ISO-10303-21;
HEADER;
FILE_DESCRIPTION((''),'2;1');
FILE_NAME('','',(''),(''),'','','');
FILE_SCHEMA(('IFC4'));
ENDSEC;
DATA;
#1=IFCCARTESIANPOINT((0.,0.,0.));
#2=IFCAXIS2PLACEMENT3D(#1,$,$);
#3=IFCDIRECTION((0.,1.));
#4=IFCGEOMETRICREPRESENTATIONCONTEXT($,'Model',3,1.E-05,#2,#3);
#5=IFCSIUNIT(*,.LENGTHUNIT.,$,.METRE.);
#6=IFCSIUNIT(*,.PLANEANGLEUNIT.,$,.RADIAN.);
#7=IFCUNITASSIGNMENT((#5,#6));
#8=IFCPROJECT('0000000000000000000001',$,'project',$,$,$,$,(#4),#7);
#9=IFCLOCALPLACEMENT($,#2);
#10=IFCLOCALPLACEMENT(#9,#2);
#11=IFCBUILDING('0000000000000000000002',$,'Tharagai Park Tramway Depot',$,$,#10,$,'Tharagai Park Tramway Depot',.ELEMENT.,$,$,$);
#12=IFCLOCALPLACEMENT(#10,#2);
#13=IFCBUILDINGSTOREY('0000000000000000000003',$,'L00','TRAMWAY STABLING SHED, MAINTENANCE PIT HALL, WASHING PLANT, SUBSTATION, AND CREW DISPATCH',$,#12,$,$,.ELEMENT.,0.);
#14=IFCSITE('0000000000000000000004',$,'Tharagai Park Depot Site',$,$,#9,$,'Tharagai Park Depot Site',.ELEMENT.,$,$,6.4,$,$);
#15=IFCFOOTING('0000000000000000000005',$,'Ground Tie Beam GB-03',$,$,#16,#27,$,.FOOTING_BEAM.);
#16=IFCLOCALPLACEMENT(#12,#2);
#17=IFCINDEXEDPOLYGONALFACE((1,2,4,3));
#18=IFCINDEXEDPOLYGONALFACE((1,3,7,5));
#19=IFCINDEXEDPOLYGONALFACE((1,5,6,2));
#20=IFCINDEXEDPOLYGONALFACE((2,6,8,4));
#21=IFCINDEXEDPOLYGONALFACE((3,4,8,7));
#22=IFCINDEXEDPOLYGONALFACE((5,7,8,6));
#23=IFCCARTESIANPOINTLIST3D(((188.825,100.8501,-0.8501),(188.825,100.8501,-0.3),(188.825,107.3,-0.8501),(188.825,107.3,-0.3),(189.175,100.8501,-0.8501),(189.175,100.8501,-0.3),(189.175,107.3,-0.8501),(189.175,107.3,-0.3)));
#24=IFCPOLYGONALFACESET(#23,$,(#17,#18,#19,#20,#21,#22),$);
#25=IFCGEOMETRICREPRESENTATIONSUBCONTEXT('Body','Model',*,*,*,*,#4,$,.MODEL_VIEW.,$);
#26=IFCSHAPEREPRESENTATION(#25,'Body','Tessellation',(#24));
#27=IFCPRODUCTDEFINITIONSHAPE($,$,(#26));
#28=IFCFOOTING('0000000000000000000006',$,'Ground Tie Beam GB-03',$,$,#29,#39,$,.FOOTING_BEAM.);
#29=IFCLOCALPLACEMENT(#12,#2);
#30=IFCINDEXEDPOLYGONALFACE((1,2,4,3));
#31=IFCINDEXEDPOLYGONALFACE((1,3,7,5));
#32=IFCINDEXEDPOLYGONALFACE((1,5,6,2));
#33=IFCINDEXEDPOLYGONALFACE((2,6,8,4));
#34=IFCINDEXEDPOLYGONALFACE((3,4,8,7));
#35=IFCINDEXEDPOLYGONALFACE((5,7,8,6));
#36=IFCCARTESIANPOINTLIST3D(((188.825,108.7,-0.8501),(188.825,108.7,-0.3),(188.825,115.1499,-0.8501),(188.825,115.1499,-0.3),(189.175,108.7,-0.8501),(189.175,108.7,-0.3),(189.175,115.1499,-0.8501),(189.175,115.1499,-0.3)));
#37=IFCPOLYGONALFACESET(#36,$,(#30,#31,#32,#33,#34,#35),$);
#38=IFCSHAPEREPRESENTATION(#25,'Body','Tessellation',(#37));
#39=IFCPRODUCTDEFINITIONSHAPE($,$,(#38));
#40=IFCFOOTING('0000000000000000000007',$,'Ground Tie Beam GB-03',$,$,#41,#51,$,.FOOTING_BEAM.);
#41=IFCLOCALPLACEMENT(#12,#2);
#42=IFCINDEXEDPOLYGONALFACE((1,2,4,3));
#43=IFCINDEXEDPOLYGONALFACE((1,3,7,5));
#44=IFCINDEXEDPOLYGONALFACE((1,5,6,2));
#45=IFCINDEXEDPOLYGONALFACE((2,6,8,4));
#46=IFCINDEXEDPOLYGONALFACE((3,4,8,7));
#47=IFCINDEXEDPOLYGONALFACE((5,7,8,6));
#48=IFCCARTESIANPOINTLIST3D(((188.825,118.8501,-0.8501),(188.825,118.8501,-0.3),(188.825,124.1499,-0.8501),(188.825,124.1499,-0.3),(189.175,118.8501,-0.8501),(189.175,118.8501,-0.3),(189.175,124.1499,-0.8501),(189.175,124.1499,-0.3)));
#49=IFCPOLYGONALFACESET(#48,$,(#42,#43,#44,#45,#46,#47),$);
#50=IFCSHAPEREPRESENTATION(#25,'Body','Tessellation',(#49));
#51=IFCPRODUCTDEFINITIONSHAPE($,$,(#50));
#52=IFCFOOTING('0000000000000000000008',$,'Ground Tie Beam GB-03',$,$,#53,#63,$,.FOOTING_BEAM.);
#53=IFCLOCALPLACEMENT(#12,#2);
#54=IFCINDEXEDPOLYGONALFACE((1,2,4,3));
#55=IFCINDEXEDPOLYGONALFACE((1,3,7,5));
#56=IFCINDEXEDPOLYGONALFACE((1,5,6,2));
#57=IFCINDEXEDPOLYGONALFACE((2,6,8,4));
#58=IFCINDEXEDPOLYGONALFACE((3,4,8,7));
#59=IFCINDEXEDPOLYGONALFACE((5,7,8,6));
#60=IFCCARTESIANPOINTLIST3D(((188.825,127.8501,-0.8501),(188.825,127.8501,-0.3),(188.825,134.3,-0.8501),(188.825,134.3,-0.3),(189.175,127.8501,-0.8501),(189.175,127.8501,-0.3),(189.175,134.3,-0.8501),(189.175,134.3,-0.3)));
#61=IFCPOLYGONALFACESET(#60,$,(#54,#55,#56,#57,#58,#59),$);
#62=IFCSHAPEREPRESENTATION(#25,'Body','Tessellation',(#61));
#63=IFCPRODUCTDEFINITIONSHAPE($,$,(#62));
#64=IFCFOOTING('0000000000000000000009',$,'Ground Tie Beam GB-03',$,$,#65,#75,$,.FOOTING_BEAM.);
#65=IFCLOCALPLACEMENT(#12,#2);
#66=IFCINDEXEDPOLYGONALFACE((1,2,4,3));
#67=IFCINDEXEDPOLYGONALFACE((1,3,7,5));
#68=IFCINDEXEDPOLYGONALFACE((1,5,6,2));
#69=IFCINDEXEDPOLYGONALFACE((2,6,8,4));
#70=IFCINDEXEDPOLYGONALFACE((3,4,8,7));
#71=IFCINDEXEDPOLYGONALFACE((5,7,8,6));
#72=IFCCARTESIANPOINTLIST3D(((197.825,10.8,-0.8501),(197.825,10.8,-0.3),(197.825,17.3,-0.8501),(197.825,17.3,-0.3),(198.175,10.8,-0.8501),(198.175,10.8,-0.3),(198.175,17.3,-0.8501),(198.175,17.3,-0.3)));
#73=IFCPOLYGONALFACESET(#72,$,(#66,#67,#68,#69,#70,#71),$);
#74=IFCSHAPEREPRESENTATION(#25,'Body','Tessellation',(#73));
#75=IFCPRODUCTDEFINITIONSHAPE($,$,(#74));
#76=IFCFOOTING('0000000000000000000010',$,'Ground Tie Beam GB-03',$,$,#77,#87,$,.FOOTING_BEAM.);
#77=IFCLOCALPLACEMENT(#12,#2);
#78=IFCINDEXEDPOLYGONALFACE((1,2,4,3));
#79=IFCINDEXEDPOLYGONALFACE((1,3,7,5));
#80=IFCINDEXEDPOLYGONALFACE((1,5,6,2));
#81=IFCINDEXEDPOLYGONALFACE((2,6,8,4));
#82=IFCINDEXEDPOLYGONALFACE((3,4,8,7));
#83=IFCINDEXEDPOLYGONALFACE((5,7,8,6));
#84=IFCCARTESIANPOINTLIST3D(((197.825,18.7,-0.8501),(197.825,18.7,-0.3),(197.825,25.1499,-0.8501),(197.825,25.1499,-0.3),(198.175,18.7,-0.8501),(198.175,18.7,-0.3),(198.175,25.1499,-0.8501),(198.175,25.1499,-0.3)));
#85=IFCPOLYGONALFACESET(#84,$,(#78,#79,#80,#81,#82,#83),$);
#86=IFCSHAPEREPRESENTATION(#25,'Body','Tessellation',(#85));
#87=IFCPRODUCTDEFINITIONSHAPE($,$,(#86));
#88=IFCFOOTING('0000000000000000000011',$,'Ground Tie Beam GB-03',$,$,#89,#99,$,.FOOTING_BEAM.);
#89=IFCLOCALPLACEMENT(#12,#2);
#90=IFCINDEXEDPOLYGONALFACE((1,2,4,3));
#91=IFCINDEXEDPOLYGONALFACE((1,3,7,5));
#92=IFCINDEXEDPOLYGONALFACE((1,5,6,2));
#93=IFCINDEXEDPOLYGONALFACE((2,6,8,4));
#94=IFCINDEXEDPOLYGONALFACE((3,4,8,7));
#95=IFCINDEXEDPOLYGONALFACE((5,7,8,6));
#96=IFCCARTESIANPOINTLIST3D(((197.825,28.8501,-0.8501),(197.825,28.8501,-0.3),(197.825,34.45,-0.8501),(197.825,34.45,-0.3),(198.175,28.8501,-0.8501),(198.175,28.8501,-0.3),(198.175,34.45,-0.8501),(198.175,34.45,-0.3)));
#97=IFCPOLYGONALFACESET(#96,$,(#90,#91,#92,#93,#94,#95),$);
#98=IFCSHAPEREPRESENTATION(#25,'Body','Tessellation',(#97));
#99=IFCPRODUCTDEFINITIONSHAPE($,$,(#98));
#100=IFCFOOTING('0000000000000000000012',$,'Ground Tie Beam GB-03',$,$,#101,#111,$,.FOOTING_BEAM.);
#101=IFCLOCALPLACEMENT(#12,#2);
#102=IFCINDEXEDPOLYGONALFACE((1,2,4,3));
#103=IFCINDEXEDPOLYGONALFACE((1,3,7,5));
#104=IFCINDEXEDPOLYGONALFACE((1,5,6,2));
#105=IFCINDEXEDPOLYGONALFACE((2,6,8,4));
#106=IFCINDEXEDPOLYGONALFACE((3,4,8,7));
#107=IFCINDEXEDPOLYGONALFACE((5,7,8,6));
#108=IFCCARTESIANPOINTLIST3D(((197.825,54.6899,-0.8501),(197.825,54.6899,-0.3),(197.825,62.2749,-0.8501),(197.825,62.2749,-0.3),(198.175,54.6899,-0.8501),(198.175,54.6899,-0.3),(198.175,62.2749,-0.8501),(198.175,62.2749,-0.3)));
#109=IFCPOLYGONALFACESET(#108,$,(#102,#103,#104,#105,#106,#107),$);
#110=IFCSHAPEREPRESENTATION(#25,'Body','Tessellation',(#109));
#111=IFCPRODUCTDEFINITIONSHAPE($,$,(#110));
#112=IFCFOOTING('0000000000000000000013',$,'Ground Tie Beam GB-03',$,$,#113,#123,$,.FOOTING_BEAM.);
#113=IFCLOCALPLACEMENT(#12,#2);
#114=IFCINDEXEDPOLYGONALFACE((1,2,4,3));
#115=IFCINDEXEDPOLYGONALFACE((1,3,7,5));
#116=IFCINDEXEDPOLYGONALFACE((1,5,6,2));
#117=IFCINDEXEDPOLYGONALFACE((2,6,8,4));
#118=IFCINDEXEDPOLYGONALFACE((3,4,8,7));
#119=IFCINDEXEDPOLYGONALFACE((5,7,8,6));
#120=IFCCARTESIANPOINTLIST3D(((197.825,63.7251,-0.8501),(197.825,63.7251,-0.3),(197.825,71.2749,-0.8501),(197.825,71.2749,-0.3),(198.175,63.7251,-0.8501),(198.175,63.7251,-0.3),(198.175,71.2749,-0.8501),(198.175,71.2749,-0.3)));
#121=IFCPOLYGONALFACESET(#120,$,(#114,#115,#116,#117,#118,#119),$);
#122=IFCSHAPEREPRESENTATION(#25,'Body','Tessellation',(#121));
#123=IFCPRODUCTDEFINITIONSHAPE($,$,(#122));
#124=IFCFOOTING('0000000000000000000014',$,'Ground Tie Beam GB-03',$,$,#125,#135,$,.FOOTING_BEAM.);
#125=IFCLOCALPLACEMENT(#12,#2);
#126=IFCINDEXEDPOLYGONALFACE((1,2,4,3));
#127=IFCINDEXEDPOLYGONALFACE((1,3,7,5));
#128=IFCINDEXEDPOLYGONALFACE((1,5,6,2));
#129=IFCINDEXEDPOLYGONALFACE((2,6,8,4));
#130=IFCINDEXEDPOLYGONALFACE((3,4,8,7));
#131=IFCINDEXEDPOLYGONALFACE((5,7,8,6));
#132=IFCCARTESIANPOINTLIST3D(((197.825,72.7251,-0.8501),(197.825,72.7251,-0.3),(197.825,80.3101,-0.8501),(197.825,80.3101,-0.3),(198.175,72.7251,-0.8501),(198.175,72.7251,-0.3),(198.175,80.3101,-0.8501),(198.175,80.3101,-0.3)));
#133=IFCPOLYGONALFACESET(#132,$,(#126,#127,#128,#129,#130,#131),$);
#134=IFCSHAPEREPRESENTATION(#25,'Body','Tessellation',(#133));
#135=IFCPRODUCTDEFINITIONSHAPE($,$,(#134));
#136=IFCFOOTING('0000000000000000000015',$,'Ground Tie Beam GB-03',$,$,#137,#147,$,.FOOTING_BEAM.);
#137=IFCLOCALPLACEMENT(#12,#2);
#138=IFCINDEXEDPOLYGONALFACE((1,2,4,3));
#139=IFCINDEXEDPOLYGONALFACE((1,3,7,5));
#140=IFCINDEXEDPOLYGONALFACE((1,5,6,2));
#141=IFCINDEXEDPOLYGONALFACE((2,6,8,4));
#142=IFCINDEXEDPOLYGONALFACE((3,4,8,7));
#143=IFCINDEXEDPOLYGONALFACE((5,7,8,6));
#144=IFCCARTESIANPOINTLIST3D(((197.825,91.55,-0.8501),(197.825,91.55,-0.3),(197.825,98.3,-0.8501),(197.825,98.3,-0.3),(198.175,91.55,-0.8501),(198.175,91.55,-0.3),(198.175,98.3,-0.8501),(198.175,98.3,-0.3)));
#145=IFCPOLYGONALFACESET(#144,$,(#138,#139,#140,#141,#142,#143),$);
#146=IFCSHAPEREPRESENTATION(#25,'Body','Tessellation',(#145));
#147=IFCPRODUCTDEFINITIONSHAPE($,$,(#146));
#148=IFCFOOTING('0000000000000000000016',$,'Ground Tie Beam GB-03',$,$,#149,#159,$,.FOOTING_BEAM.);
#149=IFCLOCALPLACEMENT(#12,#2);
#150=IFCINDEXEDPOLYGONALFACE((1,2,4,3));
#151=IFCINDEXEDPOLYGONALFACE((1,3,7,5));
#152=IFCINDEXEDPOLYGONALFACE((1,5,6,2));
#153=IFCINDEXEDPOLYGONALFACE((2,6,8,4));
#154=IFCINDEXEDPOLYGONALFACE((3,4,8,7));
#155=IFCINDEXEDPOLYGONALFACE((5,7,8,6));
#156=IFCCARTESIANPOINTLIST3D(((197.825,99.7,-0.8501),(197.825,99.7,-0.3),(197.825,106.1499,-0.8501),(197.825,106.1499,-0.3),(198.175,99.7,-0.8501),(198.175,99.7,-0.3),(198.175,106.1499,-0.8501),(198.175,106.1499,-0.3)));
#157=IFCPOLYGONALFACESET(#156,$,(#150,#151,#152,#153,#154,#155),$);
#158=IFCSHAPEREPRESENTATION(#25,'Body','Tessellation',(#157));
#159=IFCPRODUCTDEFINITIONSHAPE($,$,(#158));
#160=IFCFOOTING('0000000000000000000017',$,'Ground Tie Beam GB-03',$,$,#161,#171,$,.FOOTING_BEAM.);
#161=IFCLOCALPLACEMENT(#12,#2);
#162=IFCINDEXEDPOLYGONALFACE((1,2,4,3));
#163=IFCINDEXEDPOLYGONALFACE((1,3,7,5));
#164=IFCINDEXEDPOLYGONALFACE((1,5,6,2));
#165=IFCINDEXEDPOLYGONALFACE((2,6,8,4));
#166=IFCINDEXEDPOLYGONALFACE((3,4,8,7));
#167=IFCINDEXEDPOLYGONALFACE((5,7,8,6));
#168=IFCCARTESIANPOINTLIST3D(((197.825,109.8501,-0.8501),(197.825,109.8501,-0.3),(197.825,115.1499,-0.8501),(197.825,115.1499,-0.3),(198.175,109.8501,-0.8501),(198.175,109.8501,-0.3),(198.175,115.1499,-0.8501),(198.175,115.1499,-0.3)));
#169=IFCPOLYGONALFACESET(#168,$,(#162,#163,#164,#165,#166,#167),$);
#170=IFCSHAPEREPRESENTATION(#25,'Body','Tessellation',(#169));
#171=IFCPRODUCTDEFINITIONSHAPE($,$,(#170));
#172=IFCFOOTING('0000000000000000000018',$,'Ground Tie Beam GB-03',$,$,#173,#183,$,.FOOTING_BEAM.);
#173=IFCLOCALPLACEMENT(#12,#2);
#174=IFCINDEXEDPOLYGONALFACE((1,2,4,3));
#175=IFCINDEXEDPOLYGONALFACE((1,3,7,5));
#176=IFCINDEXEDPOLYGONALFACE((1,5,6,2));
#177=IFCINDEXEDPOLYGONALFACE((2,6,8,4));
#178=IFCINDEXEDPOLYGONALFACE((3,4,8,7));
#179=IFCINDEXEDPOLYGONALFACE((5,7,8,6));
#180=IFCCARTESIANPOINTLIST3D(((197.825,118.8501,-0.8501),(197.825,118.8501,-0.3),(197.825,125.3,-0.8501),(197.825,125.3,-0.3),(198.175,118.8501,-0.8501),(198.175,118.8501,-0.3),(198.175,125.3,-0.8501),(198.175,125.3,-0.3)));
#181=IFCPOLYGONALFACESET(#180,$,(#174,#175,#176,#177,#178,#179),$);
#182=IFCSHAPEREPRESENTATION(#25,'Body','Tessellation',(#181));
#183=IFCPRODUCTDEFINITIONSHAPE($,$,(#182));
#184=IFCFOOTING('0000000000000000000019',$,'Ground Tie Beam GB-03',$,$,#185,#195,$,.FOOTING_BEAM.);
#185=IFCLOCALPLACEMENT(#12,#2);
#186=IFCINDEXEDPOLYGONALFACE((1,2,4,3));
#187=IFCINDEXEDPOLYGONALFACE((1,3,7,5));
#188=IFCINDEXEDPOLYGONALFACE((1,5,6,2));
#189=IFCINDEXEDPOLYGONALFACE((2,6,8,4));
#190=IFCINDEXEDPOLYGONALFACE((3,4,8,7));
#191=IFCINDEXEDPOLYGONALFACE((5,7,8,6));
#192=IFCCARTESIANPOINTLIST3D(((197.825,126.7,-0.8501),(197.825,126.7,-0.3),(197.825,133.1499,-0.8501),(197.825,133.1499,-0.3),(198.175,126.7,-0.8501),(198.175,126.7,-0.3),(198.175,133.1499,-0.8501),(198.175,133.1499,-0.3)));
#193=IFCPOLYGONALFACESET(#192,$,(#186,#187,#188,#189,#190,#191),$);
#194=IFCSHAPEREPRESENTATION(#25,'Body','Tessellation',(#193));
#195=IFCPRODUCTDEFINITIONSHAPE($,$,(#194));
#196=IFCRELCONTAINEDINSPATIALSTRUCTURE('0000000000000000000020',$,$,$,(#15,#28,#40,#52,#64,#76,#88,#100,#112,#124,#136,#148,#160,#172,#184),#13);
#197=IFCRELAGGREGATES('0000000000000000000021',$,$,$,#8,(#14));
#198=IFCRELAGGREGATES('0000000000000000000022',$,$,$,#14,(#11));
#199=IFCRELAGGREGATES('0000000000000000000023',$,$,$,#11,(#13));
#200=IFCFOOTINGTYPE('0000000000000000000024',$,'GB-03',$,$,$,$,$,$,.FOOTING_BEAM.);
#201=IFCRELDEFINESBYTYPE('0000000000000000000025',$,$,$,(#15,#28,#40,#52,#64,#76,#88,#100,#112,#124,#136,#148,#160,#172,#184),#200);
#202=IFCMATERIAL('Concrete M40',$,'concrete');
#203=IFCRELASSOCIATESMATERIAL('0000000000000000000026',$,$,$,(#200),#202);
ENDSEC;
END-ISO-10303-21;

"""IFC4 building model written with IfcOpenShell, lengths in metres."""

from ifc_helpers import new_model, si_unit, direction, frame, origin, place, context, subcontext, project, spatial, polyline, outline, extrude, material, type_object, element, save


model = new_model("IFC4")

# Units and contexts
model_context = context("Model", 3, precision=1e-05, world=origin(), true_north=direction((0.0, 1.0)))
body_context = subcontext(model_context, "Body", "Model", "MODEL_VIEW")
ifc_project = project(units=[si_unit("LENGTHUNIT", "METRE"), si_unit("PLANEANGLEUNIT", "RADIAN")], contexts=[model_context])

# Site, building, storey
site_placement = place(None, origin())
site = spatial("IfcSite", under=ifc_project, at=site_placement, Name="Tharagai Park Depot Site", LongName="Tharagai Park Depot Site", CompositionType="ELEMENT", RefElevation=6.4)
building_placement = place(site_placement, origin())
building = spatial("IfcBuilding", under=site, at=building_placement, Name="Tharagai Park Tramway Depot", LongName="Tharagai Park Tramway Depot", CompositionType="ELEMENT")
storey_placement = place(building_placement, origin())
storey = spatial("IfcBuildingStorey", under=building, at=storey_placement, Name="L00", Description="TRAMWAY STABLING SHED, MAINTENANCE PIT HALL, WASHING PLANT, SUBSTATION, AND CREW DISPATCH", CompositionType="ELEMENT", Elevation=0.0)

# Footings
ifc_material = material(Name="Concrete M40", Category="concrete")
footing_type = type_object("IfcFootingType", Name="GB-03", PredefinedType="FOOTING_BEAM", material=ifc_material)
footing_1_placement = place(storey_placement, frame((0.0, 0.0, -0.8501)))
element("IfcFooting", 1, at=footing_1_placement, inside=storey, type_object=footing_type, Name="Ground Tie Beam GB-03", PredefinedType="FOOTING_BEAM", context=body_context, shape_type="SweptSolid", body=[
    extrude(outline(polyline([(188.825, 100.8501), (189.175, 100.8501), (189.175, 107.3), (188.825, 107.3), (188.825, 100.8501)])), origin(), (0.0, 0.0, 1.0), 0.55),
])
footing_2_placement = place(storey_placement, frame((0.0, 0.0, -0.8501)))
element("IfcFooting", 2, at=footing_2_placement, inside=storey, type_object=footing_type, Name="Ground Tie Beam GB-03", PredefinedType="FOOTING_BEAM", context=body_context, shape_type="SweptSolid", body=[
    extrude(outline(polyline([(188.825, 108.7), (189.175, 108.7), (189.175, 115.1499), (188.825, 115.1499), (188.825, 108.7)])), origin(), (0.0, 0.0, 1.0), 0.55),
])
footing_3_placement = place(storey_placement, frame((0.0, 0.0, -0.8501)))
element("IfcFooting", 3, at=footing_3_placement, inside=storey, type_object=footing_type, Name="Ground Tie Beam GB-03", PredefinedType="FOOTING_BEAM", context=body_context, shape_type="SweptSolid", body=[
    extrude(outline(polyline([(188.825, 118.8501), (189.175, 118.8501), (189.175, 124.1499), (188.825, 124.1499), (188.825, 118.8501)])), origin(), (0.0, 0.0, 1.0), 0.55),
])
footing_4_placement = place(storey_placement, frame((0.0, 0.0, -0.8501)))
element("IfcFooting", 4, at=footing_4_placement, inside=storey, type_object=footing_type, Name="Ground Tie Beam GB-03", PredefinedType="FOOTING_BEAM", context=body_context, shape_type="SweptSolid", body=[
    extrude(outline(polyline([(188.825, 127.8501), (189.175, 127.8501), (189.175, 134.3), (188.825, 134.3), (188.825, 127.8501)])), origin(), (0.0, 0.0, 1.0), 0.55),
])
footing_5_placement = place(storey_placement, frame((0.0, 0.0, -0.8501)))
element("IfcFooting", 5, at=footing_5_placement, inside=storey, type_object=footing_type, Name="Ground Tie Beam GB-03", PredefinedType="FOOTING_BEAM", context=body_context, shape_type="SweptSolid", body=[
    extrude(outline(polyline([(197.825, 10.8), (198.175, 10.8), (198.175, 17.3), (197.825, 17.3), (197.825, 10.8)])), origin(), (0.0, 0.0, 1.0), 0.55),
])
footing_6_placement = place(storey_placement, frame((0.0, 0.0, -0.8501)))
element("IfcFooting", 6, at=footing_6_placement, inside=storey, type_object=footing_type, Name="Ground Tie Beam GB-03", PredefinedType="FOOTING_BEAM", context=body_context, shape_type="SweptSolid", body=[
    extrude(outline(polyline([(197.825, 18.7), (198.175, 18.7), (198.175, 25.1499), (197.825, 25.1499), (197.825, 18.7)])), origin(), (0.0, 0.0, 1.0), 0.55),
])
footing_7_placement = place(storey_placement, frame((0.0, 0.0, -0.8501)))
element("IfcFooting", 7, at=footing_7_placement, inside=storey, type_object=footing_type, Name="Ground Tie Beam GB-03", PredefinedType="FOOTING_BEAM", context=body_context, shape_type="SweptSolid", body=[
    extrude(outline(polyline([(197.825, 28.8501), (198.175, 28.8501), (198.175, 34.45), (197.825, 34.45), (197.825, 28.8501)])), origin(), (0.0, 0.0, 1.0), 0.55),
])
footing_8_placement = place(storey_placement, frame((0.0, 0.0, -0.8501)))
element("IfcFooting", 8, at=footing_8_placement, inside=storey, type_object=footing_type, Name="Ground Tie Beam GB-03", PredefinedType="FOOTING_BEAM", context=body_context, shape_type="SweptSolid", body=[
    extrude(outline(polyline([(197.825, 54.6899), (198.175, 54.6899), (198.175, 62.2749), (197.825, 62.2749), (197.825, 54.6899)])), origin(), (0.0, 0.0, 1.0), 0.55),
])
footing_9_placement = place(storey_placement, frame((0.0, 0.0, -0.8501)))
element("IfcFooting", 9, at=footing_9_placement, inside=storey, type_object=footing_type, Name="Ground Tie Beam GB-03", PredefinedType="FOOTING_BEAM", context=body_context, shape_type="SweptSolid", body=[
    extrude(outline(polyline([(197.825, 63.7251), (198.175, 63.7251), (198.175, 71.2749), (197.825, 71.2749), (197.825, 63.7251)])), origin(), (0.0, 0.0, 1.0), 0.55),
])
footing_10_placement = place(storey_placement, frame((0.0, 0.0, -0.8501)))
element("IfcFooting", 10, at=footing_10_placement, inside=storey, type_object=footing_type, Name="Ground Tie Beam GB-03", PredefinedType="FOOTING_BEAM", context=body_context, shape_type="SweptSolid", body=[
    extrude(outline(polyline([(197.825, 72.7251), (198.175, 72.7251), (198.175, 80.3101), (197.825, 80.3101), (197.825, 72.7251)])), origin(), (0.0, 0.0, 1.0), 0.55),
])
footing_11_placement = place(storey_placement, frame((0.0, 0.0, -0.8501)))
element("IfcFooting", 11, at=footing_11_placement, inside=storey, type_object=footing_type, Name="Ground Tie Beam GB-03", PredefinedType="FOOTING_BEAM", context=body_context, shape_type="SweptSolid", body=[
    extrude(outline(polyline([(197.825, 91.55), (198.175, 91.55), (198.175, 98.3), (197.825, 98.3), (197.825, 91.55)])), origin(), (0.0, 0.0, 1.0), 0.55),
])
footing_12_placement = place(storey_placement, frame((0.0, 0.0, -0.8501)))
element("IfcFooting", 12, at=footing_12_placement, inside=storey, type_object=footing_type, Name="Ground Tie Beam GB-03", PredefinedType="FOOTING_BEAM", context=body_context, shape_type="SweptSolid", body=[
    extrude(outline(polyline([(197.825, 99.7), (198.175, 99.7), (198.175, 106.1499), (197.825, 106.1499), (197.825, 99.7)])), origin(), (0.0, 0.0, 1.0), 0.55),
])
footing_13_placement = place(storey_placement, frame((0.0, 0.0, -0.8501)))
element("IfcFooting", 13, at=footing_13_placement, inside=storey, type_object=footing_type, Name="Ground Tie Beam GB-03", PredefinedType="FOOTING_BEAM", context=body_context, shape_type="SweptSolid", body=[
    extrude(outline(polyline([(197.825, 109.8501), (198.175, 109.8501), (198.175, 115.1499), (197.825, 115.1499), (197.825, 109.8501)])), origin(), (0.0, 0.0, 1.0), 0.55),
])
footing_14_placement = place(storey_placement, frame((0.0, 0.0, -0.8501)))
element("IfcFooting", 14, at=footing_14_placement, inside=storey, type_object=footing_type, Name="Ground Tie Beam GB-03", PredefinedType="FOOTING_BEAM", context=body_context, shape_type="SweptSolid", body=[
    extrude(outline(polyline([(197.825, 118.8501), (198.175, 118.8501), (198.175, 125.3), (197.825, 125.3), (197.825, 118.8501)])), origin(), (0.0, 0.0, 1.0), 0.55),
])
footing_15_placement = place(storey_placement, frame((0.0, 0.0, -0.8501)))
element("IfcFooting", 15, at=footing_15_placement, inside=storey, type_object=footing_type, Name="Ground Tie Beam GB-03", PredefinedType="FOOTING_BEAM", context=body_context, shape_type="SweptSolid", body=[
    extrude(outline(polyline([(197.825, 126.7), (198.175, 126.7), (198.175, 133.1499), (197.825, 133.1499), (197.825, 126.7)])), origin(), (0.0, 0.0, 1.0), 0.55),
])

save(model, "model.ifc")
